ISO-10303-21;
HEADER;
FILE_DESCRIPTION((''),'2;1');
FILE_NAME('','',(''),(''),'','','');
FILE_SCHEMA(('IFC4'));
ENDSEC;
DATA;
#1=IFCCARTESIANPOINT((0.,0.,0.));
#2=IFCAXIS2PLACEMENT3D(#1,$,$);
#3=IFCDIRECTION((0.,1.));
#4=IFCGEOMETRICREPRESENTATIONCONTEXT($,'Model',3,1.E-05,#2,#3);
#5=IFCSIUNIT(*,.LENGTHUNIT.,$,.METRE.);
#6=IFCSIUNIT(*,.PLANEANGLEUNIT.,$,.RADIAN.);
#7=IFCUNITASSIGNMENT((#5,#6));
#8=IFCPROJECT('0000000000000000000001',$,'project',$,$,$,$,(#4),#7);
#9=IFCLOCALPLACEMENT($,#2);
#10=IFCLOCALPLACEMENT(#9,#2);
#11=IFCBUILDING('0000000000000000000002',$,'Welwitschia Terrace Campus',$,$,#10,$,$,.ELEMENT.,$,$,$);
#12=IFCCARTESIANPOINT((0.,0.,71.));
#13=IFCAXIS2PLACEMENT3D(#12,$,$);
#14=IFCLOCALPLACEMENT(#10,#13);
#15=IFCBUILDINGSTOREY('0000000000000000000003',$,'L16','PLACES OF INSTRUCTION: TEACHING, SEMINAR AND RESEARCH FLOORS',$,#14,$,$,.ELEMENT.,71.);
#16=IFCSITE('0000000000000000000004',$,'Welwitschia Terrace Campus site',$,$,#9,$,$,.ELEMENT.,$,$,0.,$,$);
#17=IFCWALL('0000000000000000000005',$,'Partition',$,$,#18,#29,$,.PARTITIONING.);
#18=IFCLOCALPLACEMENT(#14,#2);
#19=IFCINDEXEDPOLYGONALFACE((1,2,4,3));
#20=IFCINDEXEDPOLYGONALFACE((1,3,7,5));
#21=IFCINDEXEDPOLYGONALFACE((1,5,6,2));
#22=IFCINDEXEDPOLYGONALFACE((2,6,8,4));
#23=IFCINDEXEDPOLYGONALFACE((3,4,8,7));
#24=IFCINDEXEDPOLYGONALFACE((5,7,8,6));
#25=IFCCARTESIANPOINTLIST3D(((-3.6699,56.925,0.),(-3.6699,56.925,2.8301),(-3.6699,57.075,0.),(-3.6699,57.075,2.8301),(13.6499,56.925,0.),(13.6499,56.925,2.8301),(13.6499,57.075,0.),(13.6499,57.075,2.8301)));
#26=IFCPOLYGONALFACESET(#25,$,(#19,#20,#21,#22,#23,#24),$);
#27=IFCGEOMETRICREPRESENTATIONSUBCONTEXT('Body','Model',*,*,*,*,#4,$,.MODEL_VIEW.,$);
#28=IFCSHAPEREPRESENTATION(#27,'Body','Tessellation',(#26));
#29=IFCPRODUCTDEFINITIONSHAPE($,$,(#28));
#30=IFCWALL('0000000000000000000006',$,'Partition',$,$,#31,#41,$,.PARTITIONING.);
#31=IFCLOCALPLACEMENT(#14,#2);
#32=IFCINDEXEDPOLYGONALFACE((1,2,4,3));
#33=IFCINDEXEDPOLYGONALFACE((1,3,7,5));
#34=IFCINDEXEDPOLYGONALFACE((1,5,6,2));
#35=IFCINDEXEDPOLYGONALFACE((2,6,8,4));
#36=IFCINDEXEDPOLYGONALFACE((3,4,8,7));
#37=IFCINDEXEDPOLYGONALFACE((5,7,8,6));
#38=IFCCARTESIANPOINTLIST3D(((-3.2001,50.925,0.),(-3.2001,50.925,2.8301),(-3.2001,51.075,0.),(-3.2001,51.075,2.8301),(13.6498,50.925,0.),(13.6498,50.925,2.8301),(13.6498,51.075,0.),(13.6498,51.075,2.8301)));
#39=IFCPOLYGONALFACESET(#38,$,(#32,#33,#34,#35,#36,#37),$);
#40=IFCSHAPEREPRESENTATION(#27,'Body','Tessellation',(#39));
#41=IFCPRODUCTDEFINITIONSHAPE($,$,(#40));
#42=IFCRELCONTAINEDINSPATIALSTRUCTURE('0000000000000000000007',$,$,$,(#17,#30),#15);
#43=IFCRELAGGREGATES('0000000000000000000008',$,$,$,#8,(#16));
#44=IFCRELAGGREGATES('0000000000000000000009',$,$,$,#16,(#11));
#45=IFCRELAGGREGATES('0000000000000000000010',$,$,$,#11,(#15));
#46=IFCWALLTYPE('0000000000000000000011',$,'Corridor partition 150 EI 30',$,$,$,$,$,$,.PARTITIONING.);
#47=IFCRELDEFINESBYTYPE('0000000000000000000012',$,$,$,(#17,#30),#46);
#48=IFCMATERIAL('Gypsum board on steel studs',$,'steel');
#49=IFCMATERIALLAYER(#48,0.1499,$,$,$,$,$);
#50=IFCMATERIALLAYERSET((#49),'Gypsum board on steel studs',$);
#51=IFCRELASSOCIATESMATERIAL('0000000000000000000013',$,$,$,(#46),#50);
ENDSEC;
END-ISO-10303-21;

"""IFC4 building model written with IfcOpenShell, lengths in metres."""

from ifc_helpers import new_model, si_unit, direction, frame, frame_2d, origin, place, context, subcontext, project, spatial, rectangle, extrude, material, layer, layer_set, type_object, element, save


model = new_model("IFC4")

# Units and contexts
model_context = context("Model", 3, precision=1e-05, world=origin(), true_north=direction((0.0, 1.0)))
body_context = subcontext(model_context, "Body", "Model", "MODEL_VIEW")
ifc_project = project(units=[si_unit("LENGTHUNIT", "METRE"), si_unit("PLANEANGLEUNIT", "RADIAN")], contexts=[model_context])

# Site, building, storey
site_placement = place(None, origin())
site = spatial("IfcSite", under=ifc_project, at=site_placement, Name="Welwitschia Terrace Campus site", CompositionType="ELEMENT", RefElevation=0.0)
building_placement = place(site_placement, origin())
building = spatial("IfcBuilding", under=site, at=building_placement, Name="Welwitschia Terrace Campus", CompositionType="ELEMENT")
storey_placement = place(building_placement, frame((0.0, 0.0, 71.0)))
storey = spatial("IfcBuildingStorey", under=building, at=storey_placement, Name="L16", Description="PLACES OF INSTRUCTION: TEACHING, SEMINAR AND RESEARCH FLOORS", CompositionType="ELEMENT", Elevation=71.0)

# Walls
ifc_material_1 = material(Name="Gypsum board on steel studs", Category="steel")
ifc_layer_1 = layer(ifc_material_1, 0.1499)
ifc_layer_set_1 = layer_set([ifc_layer_1], Name="Gypsum board on steel studs")
wall_type = type_object("IfcWallType", Name="Corridor partition 150 EI 30", PredefinedType="PARTITIONING", material=ifc_layer_set_1)
wall_1_placement = place(storey_placement, frame((-3.6699, 57.0, 0.0), z_axis=(0.0, 0.0, 1.0), x_axis=(1.0, 0.0, 0.0)))
element("IfcWall", 1, at=wall_1_placement, inside=storey, type_object=wall_type, Name="Partition", PredefinedType="PARTITIONING", context=body_context, shape_type="SweptSolid", body=[
    extrude(rectangle(XDim=17.3198, YDim=0.1499, at=frame_2d((8.6599, 0.0))), origin(), (0.0, 0.0, 1.0), 2.8301),
])
wall_2_placement = place(storey_placement, frame((-3.2, 51.0, 0.0), z_axis=(0.0, 0.0, 1.0), x_axis=(1.0, 0.0, 0.0)))
element("IfcWall", 2, at=wall_2_placement, inside=storey, type_object=wall_type, Name="Partition", PredefinedType="PARTITIONING", context=body_context, shape_type="SweptSolid", body=[
    extrude(rectangle(XDim=16.8499, YDim=0.1499, at=frame_2d((8.4248, 0.0))), origin(), (0.0, 0.0, 1.0), 2.8301),
])

save(model, "model.ifc")
